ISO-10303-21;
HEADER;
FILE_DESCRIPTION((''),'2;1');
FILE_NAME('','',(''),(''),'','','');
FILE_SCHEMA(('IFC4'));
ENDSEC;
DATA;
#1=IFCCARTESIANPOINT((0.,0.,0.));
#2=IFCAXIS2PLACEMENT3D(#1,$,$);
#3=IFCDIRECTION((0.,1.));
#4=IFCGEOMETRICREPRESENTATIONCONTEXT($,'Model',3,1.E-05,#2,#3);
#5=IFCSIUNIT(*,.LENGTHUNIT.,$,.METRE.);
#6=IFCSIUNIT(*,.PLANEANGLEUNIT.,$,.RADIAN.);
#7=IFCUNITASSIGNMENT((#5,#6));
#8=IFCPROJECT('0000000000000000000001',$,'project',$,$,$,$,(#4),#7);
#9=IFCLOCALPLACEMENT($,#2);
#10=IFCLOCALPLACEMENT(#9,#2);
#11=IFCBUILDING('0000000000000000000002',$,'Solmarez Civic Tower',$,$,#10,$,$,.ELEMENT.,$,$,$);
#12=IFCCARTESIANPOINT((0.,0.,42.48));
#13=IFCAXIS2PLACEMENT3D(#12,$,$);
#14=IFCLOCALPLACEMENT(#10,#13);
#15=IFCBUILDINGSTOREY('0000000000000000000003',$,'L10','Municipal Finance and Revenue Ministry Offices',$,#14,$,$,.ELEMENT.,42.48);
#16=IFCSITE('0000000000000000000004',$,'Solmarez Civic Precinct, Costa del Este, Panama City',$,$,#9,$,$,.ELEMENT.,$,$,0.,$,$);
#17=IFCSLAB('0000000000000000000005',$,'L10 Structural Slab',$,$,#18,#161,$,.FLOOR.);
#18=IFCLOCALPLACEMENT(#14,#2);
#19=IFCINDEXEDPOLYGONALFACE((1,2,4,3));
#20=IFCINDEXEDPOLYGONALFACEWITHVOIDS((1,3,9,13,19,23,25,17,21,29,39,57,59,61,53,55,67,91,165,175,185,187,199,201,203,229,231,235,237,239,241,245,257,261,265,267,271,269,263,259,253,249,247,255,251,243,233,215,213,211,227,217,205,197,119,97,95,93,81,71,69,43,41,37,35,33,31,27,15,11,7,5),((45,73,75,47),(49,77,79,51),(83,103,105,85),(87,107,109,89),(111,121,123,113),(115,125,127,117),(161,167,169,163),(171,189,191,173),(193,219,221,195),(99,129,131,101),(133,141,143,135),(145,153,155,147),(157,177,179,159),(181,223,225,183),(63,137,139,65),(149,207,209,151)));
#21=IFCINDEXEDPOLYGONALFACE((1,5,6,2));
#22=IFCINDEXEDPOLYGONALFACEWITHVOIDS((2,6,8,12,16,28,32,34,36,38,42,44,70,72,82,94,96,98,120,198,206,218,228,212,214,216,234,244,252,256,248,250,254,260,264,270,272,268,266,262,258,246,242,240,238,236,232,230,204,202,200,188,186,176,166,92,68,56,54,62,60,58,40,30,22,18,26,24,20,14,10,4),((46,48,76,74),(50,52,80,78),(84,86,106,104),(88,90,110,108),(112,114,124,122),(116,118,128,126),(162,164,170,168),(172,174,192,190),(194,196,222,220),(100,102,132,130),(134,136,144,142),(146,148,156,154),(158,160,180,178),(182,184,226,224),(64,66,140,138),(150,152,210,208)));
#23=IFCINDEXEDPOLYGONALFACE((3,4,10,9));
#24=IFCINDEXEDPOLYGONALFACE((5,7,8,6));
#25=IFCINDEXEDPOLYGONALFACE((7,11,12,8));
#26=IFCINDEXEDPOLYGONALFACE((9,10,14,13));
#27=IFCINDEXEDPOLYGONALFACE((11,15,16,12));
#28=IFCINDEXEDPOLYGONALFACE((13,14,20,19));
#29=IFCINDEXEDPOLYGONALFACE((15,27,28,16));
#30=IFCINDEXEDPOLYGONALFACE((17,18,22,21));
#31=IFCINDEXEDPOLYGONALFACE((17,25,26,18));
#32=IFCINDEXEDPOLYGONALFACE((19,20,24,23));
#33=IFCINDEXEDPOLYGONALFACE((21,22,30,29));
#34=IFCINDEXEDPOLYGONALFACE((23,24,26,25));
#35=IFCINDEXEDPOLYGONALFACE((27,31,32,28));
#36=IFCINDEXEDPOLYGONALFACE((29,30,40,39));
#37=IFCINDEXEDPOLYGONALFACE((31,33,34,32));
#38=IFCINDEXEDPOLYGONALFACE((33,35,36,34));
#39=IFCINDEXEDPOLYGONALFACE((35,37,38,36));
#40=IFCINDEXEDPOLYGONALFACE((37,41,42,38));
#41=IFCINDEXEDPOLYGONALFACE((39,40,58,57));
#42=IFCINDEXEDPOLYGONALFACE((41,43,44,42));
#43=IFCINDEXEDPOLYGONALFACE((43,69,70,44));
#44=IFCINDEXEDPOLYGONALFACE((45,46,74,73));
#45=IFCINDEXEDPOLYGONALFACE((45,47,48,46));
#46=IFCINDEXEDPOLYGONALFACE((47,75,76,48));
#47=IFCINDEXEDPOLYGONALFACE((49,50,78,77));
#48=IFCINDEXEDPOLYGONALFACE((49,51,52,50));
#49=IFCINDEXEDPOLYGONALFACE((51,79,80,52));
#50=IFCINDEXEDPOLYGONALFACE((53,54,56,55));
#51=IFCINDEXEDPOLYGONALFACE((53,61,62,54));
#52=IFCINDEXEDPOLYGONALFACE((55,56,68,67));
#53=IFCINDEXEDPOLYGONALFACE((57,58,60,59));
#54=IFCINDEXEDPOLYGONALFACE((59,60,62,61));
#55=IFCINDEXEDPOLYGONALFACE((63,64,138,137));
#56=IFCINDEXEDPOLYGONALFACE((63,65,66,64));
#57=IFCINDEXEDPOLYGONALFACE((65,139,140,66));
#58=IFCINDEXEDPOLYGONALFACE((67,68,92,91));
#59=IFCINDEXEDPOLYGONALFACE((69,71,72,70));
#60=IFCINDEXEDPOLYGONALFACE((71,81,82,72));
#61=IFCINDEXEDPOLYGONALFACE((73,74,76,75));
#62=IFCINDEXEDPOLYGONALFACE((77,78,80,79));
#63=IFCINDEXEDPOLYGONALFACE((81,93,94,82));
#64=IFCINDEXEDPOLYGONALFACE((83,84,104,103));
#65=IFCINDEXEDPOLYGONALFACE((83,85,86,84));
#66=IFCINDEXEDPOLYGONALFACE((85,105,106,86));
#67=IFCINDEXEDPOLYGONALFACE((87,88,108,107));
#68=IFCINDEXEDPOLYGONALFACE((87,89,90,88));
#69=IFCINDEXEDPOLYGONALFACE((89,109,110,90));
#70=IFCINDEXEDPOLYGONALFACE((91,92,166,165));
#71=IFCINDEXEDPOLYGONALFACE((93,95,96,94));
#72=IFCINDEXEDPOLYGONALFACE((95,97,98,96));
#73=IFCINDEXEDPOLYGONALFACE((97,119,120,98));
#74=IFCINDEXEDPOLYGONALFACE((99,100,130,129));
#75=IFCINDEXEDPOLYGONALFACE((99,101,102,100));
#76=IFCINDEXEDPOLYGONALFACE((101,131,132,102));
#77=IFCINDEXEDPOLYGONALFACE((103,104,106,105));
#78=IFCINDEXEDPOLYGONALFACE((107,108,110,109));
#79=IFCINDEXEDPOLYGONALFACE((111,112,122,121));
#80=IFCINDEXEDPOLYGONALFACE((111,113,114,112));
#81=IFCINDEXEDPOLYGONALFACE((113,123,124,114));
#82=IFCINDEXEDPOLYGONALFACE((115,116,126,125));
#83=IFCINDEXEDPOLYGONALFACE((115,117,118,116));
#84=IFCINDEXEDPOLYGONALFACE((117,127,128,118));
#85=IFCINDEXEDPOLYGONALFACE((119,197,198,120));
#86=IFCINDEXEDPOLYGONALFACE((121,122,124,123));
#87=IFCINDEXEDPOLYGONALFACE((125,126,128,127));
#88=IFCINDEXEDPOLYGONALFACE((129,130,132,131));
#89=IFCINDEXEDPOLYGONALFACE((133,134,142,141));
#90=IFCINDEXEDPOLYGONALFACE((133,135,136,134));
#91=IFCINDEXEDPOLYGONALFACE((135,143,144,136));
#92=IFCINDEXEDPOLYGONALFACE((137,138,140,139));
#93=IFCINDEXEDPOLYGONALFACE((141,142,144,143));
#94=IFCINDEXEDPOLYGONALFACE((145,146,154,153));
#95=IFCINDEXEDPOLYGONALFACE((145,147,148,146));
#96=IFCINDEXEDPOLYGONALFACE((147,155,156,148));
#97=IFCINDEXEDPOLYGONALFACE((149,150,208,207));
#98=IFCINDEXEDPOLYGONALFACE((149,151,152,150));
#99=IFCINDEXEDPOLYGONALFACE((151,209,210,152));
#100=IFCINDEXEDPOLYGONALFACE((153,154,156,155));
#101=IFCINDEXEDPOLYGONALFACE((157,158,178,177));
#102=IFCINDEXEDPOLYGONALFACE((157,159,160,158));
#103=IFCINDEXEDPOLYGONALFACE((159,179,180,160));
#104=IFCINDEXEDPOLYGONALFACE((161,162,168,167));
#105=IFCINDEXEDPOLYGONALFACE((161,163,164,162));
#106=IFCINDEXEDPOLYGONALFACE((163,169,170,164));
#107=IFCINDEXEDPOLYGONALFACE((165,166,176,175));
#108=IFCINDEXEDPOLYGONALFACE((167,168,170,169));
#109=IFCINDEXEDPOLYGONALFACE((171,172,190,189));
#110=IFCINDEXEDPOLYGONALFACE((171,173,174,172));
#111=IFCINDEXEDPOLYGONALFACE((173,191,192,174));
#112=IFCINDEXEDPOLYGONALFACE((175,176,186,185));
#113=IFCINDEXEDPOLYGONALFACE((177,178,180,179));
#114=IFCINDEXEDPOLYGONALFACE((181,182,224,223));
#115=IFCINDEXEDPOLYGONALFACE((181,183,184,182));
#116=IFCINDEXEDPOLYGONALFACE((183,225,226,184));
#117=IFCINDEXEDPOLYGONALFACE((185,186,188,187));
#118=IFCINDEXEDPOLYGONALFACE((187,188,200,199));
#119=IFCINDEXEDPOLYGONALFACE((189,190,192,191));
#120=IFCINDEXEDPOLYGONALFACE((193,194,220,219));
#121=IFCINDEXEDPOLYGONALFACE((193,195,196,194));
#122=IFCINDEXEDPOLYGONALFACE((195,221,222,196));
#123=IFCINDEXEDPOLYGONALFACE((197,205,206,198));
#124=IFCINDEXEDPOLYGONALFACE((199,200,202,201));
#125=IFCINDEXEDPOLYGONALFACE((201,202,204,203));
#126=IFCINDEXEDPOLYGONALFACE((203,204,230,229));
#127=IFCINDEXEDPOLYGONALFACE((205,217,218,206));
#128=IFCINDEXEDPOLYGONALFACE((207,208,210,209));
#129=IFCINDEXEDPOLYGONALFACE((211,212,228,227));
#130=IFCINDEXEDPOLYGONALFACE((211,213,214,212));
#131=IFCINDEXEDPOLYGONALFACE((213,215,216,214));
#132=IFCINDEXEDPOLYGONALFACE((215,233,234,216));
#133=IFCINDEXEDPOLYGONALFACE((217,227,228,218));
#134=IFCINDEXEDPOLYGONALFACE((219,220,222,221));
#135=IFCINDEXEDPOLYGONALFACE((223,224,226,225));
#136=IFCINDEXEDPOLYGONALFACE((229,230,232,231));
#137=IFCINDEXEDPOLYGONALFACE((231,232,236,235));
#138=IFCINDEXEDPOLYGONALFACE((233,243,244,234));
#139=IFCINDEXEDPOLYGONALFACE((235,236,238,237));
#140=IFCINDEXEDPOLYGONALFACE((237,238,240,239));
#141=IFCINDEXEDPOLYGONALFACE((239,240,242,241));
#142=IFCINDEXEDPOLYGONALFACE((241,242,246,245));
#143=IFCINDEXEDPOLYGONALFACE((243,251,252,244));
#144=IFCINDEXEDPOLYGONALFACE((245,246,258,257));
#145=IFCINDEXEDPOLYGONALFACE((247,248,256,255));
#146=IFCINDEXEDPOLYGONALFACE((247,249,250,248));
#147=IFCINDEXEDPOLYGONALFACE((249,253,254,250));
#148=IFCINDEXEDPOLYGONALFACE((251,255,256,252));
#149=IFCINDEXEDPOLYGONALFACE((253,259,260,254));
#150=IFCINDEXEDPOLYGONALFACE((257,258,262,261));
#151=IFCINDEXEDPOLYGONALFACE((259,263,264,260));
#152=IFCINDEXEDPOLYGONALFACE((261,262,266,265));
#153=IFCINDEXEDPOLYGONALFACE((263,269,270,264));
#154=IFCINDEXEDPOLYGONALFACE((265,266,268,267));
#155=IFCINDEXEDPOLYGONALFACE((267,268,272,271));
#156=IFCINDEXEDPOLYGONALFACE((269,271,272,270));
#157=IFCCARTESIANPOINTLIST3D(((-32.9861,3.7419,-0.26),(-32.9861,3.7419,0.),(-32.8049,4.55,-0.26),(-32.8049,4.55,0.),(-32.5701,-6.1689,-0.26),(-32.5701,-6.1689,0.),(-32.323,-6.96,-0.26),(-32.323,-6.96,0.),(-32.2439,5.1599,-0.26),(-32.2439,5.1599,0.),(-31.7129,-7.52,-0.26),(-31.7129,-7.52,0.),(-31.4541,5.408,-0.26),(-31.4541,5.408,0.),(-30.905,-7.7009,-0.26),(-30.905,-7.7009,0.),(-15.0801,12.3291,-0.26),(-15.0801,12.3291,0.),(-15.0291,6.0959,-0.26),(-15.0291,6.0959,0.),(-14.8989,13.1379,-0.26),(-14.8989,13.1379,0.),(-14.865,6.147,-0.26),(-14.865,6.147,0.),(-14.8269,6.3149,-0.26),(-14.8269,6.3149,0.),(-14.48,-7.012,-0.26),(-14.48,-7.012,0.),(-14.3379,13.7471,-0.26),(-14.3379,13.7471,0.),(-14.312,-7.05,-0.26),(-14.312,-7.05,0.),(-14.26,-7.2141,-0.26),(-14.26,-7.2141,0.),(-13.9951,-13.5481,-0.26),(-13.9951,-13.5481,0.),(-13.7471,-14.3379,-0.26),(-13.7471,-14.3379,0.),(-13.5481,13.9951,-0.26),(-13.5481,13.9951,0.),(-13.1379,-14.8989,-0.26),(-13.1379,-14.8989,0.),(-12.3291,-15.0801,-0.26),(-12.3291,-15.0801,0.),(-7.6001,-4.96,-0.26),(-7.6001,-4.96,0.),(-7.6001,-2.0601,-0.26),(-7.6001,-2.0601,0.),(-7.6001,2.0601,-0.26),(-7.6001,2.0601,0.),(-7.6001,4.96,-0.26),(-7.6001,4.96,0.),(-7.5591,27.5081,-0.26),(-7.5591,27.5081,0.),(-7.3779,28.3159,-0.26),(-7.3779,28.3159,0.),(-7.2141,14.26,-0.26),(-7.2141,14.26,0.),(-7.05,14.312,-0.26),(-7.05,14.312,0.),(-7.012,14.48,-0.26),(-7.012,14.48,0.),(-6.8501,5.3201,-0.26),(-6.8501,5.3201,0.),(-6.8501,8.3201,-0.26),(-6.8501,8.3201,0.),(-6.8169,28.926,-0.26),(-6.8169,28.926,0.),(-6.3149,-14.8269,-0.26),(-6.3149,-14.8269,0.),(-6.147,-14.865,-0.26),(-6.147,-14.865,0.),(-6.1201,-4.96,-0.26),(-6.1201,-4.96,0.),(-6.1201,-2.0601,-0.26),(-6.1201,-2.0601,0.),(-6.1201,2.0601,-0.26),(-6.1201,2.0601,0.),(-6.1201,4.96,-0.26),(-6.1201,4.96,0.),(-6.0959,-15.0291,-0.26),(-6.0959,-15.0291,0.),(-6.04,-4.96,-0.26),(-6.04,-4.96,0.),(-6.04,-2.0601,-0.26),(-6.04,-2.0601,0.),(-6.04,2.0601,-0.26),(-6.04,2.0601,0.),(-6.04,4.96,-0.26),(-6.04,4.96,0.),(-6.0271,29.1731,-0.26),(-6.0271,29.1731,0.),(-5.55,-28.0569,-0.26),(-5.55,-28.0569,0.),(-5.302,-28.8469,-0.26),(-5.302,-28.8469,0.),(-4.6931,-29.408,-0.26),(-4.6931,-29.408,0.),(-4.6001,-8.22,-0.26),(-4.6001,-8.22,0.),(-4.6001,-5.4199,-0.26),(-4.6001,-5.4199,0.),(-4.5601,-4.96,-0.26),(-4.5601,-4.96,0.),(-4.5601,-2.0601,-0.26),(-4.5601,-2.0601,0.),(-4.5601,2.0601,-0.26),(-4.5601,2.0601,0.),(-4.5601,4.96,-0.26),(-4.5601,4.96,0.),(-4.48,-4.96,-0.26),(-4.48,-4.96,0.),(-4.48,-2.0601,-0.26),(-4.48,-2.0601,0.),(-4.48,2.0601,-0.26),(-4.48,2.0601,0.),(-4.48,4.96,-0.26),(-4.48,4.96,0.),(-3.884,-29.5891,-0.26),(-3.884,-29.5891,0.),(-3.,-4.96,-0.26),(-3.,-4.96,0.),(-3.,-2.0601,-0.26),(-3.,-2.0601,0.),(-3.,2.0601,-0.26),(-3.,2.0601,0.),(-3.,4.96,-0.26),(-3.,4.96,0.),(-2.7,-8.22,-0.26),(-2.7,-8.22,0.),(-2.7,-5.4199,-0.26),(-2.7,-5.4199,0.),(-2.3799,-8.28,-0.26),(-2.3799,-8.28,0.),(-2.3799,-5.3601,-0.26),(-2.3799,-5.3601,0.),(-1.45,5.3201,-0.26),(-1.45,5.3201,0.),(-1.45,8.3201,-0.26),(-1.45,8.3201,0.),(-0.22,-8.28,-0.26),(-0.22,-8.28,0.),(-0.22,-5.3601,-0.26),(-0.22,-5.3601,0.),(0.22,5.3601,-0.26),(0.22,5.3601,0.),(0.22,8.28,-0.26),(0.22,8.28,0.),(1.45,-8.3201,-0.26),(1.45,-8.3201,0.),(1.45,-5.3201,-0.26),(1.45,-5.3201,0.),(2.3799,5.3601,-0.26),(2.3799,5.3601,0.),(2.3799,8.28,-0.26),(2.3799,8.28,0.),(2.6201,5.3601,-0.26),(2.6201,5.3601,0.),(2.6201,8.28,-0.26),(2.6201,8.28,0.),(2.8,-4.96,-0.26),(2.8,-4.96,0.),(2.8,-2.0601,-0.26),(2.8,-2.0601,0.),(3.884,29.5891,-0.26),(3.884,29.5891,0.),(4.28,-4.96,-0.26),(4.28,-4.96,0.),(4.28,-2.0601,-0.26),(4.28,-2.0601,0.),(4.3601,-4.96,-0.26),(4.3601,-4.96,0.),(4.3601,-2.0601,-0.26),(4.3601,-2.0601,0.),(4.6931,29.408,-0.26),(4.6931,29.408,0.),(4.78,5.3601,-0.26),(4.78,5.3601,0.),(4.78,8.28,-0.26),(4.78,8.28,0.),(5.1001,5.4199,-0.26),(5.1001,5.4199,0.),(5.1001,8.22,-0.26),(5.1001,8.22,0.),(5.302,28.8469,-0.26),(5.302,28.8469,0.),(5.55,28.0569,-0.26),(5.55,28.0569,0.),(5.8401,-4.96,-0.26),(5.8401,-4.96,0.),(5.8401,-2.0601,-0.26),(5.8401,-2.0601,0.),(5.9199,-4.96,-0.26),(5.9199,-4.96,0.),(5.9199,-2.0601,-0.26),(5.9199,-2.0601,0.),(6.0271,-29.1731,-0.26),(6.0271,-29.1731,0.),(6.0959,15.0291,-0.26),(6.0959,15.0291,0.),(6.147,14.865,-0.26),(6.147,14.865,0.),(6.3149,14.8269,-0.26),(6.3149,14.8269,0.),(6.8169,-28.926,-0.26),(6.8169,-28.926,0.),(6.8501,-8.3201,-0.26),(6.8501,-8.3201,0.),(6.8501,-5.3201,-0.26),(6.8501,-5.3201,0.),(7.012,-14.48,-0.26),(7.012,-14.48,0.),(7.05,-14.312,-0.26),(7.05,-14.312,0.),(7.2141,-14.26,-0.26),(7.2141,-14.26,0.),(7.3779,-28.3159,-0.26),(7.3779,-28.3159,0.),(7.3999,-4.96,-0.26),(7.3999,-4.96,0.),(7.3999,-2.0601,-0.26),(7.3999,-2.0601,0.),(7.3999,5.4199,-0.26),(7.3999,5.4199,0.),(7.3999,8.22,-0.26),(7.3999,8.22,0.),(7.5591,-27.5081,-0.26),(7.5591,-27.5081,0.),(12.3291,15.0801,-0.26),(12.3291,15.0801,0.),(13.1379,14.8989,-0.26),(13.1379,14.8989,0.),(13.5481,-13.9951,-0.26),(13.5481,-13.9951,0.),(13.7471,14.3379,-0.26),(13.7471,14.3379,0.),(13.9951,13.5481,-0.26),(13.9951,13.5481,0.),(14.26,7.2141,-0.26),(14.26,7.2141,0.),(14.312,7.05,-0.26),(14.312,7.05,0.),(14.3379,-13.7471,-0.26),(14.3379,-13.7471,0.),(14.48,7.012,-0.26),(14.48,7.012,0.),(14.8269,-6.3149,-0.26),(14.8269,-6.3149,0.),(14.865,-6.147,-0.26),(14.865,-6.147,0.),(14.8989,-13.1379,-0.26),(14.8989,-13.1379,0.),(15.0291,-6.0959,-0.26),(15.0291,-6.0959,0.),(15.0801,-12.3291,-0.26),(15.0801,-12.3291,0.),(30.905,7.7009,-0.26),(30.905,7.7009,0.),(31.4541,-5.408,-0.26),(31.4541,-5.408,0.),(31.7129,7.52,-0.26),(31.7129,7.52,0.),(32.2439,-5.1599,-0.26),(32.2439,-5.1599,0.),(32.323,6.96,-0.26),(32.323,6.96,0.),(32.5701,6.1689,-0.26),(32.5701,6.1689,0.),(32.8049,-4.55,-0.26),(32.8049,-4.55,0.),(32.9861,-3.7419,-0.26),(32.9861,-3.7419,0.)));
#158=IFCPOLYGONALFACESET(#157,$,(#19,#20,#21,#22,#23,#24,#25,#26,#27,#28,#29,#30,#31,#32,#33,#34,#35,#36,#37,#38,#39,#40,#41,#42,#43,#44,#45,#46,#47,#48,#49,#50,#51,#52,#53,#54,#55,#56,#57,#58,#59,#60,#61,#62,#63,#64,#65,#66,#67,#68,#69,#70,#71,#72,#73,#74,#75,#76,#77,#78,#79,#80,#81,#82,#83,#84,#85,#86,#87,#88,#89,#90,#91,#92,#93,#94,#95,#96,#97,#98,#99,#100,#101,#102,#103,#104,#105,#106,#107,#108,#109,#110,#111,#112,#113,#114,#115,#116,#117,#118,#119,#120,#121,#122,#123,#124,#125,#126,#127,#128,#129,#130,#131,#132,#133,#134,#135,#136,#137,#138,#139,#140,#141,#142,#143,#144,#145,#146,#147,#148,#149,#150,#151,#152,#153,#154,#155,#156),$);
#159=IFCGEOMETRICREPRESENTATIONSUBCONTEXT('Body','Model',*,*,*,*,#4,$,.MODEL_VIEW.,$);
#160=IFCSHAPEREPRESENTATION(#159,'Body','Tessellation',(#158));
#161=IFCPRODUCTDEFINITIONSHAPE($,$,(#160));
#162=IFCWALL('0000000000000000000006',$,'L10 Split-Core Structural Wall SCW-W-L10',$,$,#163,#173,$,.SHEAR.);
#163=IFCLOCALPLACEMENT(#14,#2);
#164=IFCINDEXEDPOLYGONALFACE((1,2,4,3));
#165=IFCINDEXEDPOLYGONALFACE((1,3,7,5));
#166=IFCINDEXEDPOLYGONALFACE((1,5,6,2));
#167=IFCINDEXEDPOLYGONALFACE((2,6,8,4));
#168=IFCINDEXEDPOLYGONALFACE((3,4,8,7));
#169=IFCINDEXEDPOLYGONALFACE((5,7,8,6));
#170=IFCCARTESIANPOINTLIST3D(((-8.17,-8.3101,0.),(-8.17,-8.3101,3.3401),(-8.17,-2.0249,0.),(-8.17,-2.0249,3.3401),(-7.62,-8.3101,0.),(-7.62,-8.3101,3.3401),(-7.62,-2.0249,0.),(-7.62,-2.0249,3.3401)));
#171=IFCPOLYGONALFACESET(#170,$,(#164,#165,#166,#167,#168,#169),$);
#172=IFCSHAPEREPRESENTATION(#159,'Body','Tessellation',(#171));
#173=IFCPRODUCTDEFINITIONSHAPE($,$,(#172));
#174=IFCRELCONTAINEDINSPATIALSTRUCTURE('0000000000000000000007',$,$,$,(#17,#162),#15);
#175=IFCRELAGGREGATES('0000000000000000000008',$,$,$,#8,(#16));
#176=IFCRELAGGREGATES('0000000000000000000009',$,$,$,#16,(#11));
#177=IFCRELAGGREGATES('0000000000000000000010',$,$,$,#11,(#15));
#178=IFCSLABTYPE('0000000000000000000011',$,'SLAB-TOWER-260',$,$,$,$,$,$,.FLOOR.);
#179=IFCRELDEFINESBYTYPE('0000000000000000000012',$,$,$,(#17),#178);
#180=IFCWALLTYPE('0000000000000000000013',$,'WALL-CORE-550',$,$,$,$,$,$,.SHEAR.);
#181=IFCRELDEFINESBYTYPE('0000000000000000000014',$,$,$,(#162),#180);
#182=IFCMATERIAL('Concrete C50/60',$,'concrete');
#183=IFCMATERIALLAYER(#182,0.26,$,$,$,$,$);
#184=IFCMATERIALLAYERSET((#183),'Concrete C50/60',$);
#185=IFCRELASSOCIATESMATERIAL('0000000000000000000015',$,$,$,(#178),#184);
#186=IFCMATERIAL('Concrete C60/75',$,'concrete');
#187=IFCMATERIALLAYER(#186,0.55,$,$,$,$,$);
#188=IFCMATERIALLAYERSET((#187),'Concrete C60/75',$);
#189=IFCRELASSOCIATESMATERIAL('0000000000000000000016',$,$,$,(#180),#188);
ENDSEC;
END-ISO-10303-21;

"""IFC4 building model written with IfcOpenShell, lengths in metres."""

from ifc_helpers import new_model, si_unit, direction, frame, frame_2d, origin, place, context, subcontext, project, spatial, polyline, rectangle, outline, extrude, material, layer, layer_set, type_object, element, save


model = new_model("IFC4")

# Units and contexts
model_context = context("Model", 3, precision=1e-05, world=origin(), true_north=direction((0.0, 1.0)))
body_context = subcontext(model_context, "Body", "Model", "MODEL_VIEW")
ifc_project = project(units=[si_unit("LENGTHUNIT", "METRE"), si_unit("PLANEANGLEUNIT", "RADIAN")], contexts=[model_context])

# Site, building, storey
site_placement = place(None, origin())
site = spatial("IfcSite", under=ifc_project, at=site_placement, Name="Solmarez Civic Precinct, Costa del Este, Panama City", CompositionType="ELEMENT", RefElevation=0.0)
building_placement = place(site_placement, origin())
building = spatial("IfcBuilding", under=site, at=building_placement, Name="Solmarez Civic Tower", CompositionType="ELEMENT")
storey_placement = place(building_placement, frame((0.0, 0.0, 42.48)))
storey = spatial("IfcBuildingStorey", under=building, at=storey_placement, Name="L10", Description="Municipal Finance and Revenue Ministry Offices", CompositionType="ELEMENT", Elevation=42.48)

# Shared definitions
ifc_material_1 = material(Name="Concrete C60/75", Category="concrete")

# Slab
ifc_material_2 = material(Name="Concrete C50/60", Category="concrete")
ifc_layer_1 = layer(ifc_material_2, 0.26)
ifc_layer_set_1 = layer_set([ifc_layer_1], Name="Concrete C50/60")
slab_type = type_object("IfcSlabType", Name="SLAB-TOWER-260", PredefinedType="FLOOR", material=ifc_layer_set_1)
slab_placement = place(storey_placement, frame((0.0, 0.0, -0.26)))
element("IfcSlab", 1, at=slab_placement, inside=storey, type_object=slab_type, Name="L10 Structural Slab", PredefinedType="FLOOR", context=body_context, shape_type="SweptSolid", body=[
    extrude(outline(polyline([(-14.26, -7.2141), (-13.9951, -13.5481), (-13.7471, -14.3379), (-13.1379, -14.8989), (-12.3291, -15.0801), (-6.3149, -14.8269), (-6.147, -14.865), (-6.0959, -15.0291), (-5.55, -28.0569), (-5.302, -28.8469), (-4.6931, -29.408), (-3.884, -29.5891), (6.0271, -29.1731), (6.8169, -28.926), (7.3779, -28.3159), (7.5591, -27.5081), (7.012, -14.48), (7.05, -14.312), (7.2141, -14.26), (13.5481, -13.9951), (14.3379, -13.7471), (14.8989, -13.1379), (15.0801, -12.3291), (14.8269, -6.3149), (14.865, -6.147), (15.0291, -6.0959), (31.4541, -5.408), (32.2439, -5.1599), (32.8049, -4.55), (32.9861, -3.7419), (32.5701, 6.1689), (32.323, 6.96), (31.7129, 7.52), (30.905, 7.7009), (14.48, 7.012), (14.312, 7.05), (14.26, 7.2141), (13.9951, 13.5481), (13.7471, 14.3379), (13.1379, 14.8989), (12.3291, 15.0801), (6.3149, 14.8269), (6.147, 14.865), (6.0959, 15.0291), (5.55, 28.0569), (5.302, 28.8469), (4.6931, 29.408), (3.884, 29.5891), (-6.0271, 29.1731), (-6.8169, 28.926), (-7.3779, 28.3159), (-7.5591, 27.5081), (-7.012, 14.48), (-7.05, 14.312), (-7.2141, 14.26), (-13.5481, 13.9951), (-14.3379, 13.7471), (-14.8989, 13.1379), (-15.0801, 12.3291), (-14.8269, 6.3149), (-14.865, 6.147), (-15.0291, 6.0959), (-31.4541, 5.408), (-32.2439, 5.1599), (-32.8049, 4.55), (-32.9861, 3.7419), (-32.5701, -6.1689), (-32.323, -6.96), (-31.7129, -7.52), (-30.905, -7.7009), (-14.48, -7.012), (-14.312, -7.05), (-14.26, -7.2141)]), holes=[polyline([(-1.45, 8.3201), (-6.8501, 8.3201), (-6.8501, 5.3201), (-1.45, 5.3201), (-1.45, 8.3201)]), polyline([(1.45, -8.3201), (6.8501, -8.3201), (6.8501, -5.3201), (1.45, -5.3201), (1.45, -8.3201)]), polyline([(0.22, 5.3601), (2.3799, 5.3601), (2.3799, 8.28), (0.22, 8.28), (0.22, 5.3601)]), polyline([(2.6201, 5.3601), (4.78, 5.3601), (4.78, 8.28), (2.6201, 8.28), (2.6201, 5.3601)]), polyline([(-2.3799, -8.28), (-0.22, -8.28), (-0.22, -5.3601), (-2.3799, -5.3601), (-2.3799, -8.28)]), polyline([(2.8, -4.96), (4.28, -4.96), (4.28, -2.0601), (2.8, -2.0601), (2.8, -4.96)]), polyline([(4.3601, -4.96), (5.8401, -4.96), (5.8401, -2.0601), (4.3601, -2.0601), (4.3601, -4.96)]), polyline([(5.9199, -4.96), (7.3999, -4.96), (7.3999, -2.0601), (5.9199, -2.0601), (5.9199, -4.96)]), polyline([(-7.6001, -4.96), (-6.1201, -4.96), (-6.1201, -2.0601), (-7.6001, -2.0601), (-7.6001, -4.96)]), polyline([(-6.04, -4.96), (-4.5601, -4.96), (-4.5601, -2.0601), (-6.04, -2.0601), (-6.04, -4.96)]), polyline([(-4.48, -4.96), (-3.0, -4.96), (-3.0, -2.0601), (-4.48, -2.0601), (-4.48, -4.96)]), polyline([(-7.6001, 2.0601), (-6.1201, 2.0601), (-6.1201, 4.96), (-7.6001, 4.96), (-7.6001, 2.0601)]), polyline([(-6.04, 2.0601), (-4.5601, 2.0601), (-4.5601, 4.96), (-6.04, 4.96), (-6.04, 2.0601)]), polyline([(-4.48, 2.0601), (-3.0, 2.0601), (-3.0, 4.96), (-4.48, 4.96), (-4.48, 2.0601)]), polyline([(5.1001, 5.4199), (7.3999, 5.4199), (7.3999, 8.22), (5.1001, 8.22), (5.1001, 5.4199)]), polyline([(-4.6001, -8.22), (-2.7, -8.22), (-2.7, -5.4199), (-4.6001, -5.4199), (-4.6001, -8.22)])]), origin(), (0.0, 0.0, 1.0), 0.26),
])

# Shared definitions
ifc_layer_2 = layer(ifc_material_1, 0.55)
ifc_layer_set_2 = layer_set([ifc_layer_2], Name="Concrete C60/75")
wall_type_1 = type_object("IfcWallType", Name="WALL-CORE-550", PredefinedType="SHEAR", material=ifc_layer_set_2)

# Wall
wall_1_placement = place(storey_placement, frame((-7.895, -8.3101, 0.0), z_axis=(0.0, 0.0, 1.0), x_axis=(0.0, 1.0, 0.0)))
element("IfcWall", 2, at=wall_1_placement, inside=storey, type_object=wall_type_1, Name="L10 Split-Core Structural Wall SCW-W-L10", PredefinedType="SHEAR", context=body_context, shape_type="SweptSolid", body=[
    extrude(rectangle(XDim=6.2852, YDim=0.55, at=frame_2d((3.1426, 0.0))), origin(), (0.0, 0.0, 1.0), 3.3401),
])

save(model, "model.ifc")
